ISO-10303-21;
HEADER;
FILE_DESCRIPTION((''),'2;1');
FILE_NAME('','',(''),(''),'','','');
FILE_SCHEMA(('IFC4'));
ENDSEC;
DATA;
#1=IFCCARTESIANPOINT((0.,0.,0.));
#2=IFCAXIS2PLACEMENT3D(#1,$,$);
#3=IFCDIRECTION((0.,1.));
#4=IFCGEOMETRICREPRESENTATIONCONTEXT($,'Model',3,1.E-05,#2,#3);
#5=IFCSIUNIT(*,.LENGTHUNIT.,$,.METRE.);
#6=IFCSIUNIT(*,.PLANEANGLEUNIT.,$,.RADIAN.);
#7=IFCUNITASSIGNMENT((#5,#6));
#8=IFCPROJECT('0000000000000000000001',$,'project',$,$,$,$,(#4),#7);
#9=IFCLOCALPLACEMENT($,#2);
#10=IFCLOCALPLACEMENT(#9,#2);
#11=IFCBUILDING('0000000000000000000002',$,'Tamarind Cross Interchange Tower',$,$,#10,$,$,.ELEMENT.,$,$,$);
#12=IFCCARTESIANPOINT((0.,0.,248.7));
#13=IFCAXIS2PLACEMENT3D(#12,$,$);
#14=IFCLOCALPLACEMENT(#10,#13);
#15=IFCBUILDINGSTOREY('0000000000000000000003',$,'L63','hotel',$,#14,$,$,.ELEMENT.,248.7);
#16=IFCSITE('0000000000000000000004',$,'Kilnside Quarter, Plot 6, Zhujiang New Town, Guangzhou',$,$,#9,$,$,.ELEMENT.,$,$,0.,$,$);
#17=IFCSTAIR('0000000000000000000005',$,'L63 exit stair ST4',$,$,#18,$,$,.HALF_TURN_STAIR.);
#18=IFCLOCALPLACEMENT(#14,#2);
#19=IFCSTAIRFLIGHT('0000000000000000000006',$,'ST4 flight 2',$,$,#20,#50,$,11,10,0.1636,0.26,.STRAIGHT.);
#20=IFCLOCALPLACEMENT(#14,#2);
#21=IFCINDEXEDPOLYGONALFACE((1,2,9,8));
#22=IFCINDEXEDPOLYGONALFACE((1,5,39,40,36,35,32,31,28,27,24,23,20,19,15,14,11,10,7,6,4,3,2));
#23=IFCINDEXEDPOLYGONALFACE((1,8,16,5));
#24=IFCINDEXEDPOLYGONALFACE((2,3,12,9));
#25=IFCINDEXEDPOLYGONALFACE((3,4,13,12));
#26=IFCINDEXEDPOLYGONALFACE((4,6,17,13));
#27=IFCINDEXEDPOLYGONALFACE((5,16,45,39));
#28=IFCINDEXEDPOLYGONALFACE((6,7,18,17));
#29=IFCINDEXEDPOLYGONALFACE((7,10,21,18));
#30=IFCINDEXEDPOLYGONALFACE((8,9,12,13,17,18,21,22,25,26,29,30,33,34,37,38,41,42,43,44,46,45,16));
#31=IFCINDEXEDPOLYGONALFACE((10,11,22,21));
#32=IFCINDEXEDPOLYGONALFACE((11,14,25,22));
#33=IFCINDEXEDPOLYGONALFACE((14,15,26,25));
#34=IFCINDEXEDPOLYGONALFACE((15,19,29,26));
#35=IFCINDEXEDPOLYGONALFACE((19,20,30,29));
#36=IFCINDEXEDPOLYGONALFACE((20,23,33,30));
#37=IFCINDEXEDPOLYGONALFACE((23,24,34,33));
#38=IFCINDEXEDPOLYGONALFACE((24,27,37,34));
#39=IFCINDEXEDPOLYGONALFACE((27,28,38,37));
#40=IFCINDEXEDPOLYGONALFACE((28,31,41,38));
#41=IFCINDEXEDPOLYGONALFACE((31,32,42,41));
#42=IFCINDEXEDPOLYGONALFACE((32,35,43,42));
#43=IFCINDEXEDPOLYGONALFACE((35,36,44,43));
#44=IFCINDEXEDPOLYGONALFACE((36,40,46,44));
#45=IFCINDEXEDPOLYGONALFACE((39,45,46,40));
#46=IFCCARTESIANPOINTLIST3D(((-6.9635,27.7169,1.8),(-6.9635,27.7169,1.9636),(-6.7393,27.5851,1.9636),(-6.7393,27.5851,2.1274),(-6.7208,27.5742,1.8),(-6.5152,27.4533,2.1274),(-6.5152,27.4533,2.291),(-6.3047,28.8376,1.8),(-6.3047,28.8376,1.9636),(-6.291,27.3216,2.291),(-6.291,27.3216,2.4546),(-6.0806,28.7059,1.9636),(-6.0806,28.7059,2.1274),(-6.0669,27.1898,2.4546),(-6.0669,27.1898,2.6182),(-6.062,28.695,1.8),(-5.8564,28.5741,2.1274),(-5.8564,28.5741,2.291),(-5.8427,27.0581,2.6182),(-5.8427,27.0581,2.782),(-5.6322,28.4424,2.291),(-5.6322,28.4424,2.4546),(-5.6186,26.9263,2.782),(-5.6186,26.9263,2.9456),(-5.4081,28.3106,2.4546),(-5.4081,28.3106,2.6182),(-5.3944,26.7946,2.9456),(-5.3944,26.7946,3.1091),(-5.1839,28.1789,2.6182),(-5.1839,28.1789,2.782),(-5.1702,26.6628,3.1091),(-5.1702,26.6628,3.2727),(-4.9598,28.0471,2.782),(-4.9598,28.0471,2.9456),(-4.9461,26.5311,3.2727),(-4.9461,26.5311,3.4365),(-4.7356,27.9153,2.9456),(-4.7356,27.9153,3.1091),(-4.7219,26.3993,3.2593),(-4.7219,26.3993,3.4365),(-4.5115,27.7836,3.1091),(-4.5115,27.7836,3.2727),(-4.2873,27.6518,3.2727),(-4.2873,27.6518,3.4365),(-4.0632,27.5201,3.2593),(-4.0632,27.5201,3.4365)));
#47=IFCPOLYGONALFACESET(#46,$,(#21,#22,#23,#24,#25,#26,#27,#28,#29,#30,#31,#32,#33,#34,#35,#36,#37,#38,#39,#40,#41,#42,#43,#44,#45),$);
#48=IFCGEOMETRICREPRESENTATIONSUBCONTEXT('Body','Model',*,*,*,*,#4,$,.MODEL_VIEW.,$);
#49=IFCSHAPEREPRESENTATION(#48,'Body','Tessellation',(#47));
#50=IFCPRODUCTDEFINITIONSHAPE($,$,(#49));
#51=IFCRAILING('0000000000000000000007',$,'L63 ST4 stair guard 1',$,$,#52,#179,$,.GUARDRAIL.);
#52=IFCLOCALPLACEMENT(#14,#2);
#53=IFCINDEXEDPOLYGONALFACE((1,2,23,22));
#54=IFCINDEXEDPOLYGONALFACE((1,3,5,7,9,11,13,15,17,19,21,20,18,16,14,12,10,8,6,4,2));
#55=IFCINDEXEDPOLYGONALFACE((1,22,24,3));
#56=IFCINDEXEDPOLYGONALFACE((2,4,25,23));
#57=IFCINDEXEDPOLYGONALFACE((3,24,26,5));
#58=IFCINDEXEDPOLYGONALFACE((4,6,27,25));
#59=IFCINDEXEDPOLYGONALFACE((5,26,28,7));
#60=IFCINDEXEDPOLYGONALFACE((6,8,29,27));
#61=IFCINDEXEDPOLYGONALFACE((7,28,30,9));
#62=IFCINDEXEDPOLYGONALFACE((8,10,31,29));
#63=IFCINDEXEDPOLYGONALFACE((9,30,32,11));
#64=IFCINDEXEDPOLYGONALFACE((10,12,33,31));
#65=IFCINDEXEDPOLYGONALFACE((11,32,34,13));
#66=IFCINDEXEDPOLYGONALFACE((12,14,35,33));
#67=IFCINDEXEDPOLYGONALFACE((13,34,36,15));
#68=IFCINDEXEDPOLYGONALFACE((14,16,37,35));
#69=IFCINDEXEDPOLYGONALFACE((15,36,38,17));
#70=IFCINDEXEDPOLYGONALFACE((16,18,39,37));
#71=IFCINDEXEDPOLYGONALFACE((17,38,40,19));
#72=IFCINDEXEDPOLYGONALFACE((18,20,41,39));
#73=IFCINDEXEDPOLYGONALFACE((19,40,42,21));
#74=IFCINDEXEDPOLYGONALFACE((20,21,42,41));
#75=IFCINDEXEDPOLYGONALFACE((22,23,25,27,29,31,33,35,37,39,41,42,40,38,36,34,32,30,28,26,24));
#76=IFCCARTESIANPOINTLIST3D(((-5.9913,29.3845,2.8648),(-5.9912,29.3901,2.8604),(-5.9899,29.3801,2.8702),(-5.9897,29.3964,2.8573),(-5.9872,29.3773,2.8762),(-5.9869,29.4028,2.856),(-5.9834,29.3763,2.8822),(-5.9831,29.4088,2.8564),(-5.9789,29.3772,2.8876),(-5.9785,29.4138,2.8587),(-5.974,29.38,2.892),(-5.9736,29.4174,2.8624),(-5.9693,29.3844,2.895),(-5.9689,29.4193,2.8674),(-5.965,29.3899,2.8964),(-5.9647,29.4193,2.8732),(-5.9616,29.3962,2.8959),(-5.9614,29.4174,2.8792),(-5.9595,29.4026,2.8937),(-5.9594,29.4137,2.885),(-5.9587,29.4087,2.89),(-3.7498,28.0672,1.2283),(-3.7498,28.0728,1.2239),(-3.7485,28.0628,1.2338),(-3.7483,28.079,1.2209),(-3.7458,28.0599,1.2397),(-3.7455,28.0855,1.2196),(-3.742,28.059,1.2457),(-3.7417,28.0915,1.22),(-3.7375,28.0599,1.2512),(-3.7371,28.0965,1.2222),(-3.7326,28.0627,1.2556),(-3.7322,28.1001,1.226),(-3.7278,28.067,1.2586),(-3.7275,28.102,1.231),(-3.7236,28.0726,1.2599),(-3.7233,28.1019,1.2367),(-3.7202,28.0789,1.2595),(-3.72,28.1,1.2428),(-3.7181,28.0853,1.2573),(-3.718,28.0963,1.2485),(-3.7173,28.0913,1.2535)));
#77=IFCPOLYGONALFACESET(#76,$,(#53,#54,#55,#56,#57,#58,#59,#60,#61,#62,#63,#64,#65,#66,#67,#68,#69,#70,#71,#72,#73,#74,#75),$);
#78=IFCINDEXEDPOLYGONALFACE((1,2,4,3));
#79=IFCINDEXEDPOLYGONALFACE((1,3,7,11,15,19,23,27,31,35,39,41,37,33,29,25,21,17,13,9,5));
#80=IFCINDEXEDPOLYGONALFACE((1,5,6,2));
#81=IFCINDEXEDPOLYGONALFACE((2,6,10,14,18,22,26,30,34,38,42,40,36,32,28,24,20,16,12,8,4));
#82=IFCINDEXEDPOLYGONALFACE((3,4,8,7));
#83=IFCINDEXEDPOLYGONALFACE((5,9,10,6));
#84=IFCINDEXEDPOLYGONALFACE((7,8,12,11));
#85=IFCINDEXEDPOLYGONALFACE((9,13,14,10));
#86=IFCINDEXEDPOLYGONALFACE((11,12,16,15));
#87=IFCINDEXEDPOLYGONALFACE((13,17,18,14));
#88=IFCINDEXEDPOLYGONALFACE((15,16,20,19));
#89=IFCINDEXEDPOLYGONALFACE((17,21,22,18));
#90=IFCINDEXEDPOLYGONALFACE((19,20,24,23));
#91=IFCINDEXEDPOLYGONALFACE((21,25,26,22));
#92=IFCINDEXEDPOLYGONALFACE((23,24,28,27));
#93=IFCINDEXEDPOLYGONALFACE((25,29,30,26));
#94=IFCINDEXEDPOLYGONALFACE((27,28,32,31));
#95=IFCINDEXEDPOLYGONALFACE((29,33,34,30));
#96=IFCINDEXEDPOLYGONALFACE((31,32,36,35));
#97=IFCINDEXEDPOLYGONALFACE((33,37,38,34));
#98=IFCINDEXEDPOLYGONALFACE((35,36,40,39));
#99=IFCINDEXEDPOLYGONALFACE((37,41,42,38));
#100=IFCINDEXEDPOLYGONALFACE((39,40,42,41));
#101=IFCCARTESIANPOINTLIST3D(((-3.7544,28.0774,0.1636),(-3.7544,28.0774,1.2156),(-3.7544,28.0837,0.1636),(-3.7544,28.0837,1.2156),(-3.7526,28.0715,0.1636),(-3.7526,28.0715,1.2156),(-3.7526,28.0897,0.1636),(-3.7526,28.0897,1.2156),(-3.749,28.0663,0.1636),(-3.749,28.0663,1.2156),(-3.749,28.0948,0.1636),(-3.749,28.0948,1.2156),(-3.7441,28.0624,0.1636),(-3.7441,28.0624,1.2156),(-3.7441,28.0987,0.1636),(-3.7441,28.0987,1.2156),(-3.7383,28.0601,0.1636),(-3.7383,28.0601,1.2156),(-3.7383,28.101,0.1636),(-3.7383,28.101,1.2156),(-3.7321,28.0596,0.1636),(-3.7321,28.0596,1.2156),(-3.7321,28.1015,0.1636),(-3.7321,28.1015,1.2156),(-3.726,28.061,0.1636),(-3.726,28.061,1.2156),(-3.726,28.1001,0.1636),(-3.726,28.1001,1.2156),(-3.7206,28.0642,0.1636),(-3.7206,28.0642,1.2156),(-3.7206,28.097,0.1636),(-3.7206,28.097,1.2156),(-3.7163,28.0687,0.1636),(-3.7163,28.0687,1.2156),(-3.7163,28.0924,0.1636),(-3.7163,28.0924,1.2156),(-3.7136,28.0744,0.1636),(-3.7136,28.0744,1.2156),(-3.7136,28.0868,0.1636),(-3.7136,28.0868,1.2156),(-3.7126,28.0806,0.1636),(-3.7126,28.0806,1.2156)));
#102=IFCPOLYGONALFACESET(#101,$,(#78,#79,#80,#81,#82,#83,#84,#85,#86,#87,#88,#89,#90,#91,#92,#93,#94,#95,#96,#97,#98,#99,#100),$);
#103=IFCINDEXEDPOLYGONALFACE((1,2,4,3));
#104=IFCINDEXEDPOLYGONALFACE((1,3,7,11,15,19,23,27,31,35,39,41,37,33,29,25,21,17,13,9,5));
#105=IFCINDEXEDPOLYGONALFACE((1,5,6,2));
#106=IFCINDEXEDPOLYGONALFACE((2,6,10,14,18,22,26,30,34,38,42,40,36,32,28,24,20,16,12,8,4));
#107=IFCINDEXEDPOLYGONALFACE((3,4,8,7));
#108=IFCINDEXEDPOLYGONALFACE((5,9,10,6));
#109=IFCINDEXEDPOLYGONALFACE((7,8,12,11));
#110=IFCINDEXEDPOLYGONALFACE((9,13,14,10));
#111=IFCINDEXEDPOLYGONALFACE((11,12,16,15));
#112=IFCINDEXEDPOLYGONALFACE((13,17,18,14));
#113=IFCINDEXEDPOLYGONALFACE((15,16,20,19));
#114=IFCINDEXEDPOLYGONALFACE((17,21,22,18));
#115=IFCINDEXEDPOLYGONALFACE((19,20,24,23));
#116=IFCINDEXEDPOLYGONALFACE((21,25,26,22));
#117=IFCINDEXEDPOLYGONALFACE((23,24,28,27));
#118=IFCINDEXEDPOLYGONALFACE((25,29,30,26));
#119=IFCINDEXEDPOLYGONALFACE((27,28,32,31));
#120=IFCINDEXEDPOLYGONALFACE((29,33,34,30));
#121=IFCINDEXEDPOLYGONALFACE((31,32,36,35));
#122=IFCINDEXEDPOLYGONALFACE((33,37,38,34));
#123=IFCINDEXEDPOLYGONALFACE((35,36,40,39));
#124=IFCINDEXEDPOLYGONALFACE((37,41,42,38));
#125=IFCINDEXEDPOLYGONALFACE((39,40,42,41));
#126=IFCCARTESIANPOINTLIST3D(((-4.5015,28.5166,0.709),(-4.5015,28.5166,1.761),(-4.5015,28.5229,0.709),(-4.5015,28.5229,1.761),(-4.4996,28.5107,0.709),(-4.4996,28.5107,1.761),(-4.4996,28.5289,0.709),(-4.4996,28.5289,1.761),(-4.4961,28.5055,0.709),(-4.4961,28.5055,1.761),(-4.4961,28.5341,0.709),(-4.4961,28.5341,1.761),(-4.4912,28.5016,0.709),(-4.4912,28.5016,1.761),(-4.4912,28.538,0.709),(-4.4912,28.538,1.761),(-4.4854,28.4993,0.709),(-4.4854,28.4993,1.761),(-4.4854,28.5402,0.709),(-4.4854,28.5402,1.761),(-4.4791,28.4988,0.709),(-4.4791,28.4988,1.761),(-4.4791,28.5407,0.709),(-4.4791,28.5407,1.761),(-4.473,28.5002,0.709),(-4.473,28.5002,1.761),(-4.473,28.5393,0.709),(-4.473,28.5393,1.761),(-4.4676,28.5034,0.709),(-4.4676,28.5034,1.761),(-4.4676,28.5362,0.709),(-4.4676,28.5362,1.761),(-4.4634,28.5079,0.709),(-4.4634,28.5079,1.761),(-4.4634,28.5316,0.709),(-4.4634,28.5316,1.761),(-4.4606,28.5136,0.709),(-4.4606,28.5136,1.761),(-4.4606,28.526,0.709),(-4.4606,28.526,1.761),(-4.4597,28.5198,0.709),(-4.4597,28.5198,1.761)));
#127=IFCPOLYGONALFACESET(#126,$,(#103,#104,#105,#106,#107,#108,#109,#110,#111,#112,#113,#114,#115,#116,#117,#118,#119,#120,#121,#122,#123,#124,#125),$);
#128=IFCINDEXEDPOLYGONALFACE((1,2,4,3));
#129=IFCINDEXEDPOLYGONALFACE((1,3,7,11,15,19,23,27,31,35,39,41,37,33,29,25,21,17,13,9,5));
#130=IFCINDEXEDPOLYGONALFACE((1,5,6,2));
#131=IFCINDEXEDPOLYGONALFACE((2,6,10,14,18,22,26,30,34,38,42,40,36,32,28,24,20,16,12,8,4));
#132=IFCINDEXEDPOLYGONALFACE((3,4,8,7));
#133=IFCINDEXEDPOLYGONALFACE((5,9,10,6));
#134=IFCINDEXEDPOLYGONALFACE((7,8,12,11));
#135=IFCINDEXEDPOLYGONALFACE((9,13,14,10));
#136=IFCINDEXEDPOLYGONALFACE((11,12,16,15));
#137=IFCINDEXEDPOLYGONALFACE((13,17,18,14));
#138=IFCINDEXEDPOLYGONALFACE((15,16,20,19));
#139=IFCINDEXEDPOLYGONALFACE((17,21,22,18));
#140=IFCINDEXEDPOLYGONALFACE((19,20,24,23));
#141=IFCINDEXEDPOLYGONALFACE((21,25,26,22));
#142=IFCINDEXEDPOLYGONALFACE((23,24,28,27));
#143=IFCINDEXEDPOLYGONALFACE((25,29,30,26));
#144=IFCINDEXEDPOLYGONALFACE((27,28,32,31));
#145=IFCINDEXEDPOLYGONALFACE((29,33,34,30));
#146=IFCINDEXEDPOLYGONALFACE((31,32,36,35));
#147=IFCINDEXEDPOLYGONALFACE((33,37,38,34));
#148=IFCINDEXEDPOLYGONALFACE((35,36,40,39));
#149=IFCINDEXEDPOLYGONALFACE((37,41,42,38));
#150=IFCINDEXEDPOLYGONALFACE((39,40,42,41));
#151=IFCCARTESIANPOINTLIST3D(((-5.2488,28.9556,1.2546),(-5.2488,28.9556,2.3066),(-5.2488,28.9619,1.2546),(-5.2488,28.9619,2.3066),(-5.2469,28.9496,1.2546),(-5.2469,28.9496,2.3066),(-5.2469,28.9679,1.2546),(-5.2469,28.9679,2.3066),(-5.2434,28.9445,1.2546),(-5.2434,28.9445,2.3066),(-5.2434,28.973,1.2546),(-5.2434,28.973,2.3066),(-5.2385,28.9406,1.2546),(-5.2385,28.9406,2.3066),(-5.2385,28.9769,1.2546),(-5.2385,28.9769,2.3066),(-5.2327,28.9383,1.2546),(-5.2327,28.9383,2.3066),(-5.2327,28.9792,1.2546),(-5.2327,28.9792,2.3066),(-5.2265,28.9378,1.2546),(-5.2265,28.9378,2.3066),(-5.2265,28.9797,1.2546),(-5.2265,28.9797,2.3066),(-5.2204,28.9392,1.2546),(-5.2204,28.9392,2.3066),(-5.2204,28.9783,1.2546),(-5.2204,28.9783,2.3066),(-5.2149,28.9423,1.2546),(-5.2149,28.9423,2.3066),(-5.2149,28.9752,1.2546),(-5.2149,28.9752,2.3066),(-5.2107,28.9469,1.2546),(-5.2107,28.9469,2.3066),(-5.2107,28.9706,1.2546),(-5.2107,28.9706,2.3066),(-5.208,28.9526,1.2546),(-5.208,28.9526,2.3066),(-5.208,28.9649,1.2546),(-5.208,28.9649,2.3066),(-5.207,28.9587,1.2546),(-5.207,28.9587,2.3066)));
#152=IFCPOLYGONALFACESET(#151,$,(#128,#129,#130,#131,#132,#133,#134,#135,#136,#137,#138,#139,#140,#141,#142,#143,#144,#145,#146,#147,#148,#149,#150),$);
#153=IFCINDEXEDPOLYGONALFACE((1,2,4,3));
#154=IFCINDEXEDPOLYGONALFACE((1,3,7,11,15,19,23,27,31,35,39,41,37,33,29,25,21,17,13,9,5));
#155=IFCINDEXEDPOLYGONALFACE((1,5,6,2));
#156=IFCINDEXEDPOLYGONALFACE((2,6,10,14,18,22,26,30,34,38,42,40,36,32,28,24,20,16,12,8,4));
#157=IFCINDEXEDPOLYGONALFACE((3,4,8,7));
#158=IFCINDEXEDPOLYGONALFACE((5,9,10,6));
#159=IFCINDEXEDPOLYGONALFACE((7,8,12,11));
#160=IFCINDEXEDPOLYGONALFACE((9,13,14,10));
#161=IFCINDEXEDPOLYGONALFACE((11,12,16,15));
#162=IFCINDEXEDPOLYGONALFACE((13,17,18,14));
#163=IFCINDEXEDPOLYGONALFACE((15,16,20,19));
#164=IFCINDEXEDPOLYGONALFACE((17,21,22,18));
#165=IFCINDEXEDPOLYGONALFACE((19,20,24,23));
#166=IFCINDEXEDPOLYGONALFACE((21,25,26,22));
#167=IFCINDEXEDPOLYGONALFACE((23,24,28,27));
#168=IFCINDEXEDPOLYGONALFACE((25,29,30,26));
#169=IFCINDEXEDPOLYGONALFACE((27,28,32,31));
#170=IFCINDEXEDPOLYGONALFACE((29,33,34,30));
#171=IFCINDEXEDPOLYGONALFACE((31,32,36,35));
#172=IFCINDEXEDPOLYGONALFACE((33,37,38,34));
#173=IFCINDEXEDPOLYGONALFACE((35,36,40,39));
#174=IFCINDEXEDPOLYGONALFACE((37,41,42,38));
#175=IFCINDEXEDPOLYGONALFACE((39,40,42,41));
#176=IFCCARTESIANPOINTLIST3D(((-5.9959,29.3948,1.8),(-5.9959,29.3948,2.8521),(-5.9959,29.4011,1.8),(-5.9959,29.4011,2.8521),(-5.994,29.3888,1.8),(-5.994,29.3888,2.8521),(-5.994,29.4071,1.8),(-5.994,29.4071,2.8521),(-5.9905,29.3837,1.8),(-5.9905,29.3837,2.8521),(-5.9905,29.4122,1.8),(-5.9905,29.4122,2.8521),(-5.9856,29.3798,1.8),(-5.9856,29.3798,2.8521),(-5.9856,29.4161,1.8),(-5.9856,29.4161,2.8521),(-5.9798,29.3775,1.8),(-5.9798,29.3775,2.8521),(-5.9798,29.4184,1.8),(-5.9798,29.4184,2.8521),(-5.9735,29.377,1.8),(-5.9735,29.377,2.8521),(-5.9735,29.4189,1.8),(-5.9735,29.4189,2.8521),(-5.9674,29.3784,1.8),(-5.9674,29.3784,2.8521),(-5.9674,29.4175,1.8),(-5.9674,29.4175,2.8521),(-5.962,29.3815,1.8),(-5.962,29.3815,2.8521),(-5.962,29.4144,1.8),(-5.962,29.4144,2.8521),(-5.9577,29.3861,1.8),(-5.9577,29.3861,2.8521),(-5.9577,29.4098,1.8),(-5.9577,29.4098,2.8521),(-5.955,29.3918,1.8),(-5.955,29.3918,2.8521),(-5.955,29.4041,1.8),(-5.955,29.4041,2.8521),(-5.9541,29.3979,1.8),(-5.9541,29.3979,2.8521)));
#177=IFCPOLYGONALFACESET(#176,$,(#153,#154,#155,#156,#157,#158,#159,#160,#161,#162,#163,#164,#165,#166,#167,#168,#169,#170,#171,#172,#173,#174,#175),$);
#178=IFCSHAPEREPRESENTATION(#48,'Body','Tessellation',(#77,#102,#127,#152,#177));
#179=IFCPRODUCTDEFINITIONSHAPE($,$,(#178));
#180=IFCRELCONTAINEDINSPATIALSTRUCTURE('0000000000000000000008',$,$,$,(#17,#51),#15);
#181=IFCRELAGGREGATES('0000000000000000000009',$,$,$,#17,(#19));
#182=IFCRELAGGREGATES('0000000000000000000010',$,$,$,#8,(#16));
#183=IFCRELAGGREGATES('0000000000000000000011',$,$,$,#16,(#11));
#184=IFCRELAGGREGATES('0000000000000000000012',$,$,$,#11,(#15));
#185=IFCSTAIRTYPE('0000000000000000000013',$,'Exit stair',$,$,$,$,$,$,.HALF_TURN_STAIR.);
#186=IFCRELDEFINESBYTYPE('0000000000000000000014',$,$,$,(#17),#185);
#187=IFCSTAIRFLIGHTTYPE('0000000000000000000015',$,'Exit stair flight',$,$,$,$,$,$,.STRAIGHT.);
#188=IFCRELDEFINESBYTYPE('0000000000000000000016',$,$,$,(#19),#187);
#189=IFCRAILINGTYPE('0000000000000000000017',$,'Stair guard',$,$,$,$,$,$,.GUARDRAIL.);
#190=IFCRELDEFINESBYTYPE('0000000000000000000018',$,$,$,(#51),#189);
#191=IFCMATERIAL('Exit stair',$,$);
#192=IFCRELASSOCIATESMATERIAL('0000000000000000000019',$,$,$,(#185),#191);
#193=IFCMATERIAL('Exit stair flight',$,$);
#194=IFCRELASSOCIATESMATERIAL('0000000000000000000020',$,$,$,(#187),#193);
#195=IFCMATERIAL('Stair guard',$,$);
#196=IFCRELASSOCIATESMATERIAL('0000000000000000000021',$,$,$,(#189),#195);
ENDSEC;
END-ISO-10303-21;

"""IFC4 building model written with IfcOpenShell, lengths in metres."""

from ifc_helpers import new_model, si_unit, direction, frame, origin, origin_2d, place, context, subcontext, project, spatial, polyline, circle, outline, extrude, material, type_object, element, aggregate, save


model = new_model("IFC4")

# Units and contexts
model_context = context("Model", 3, precision=1e-05, world=origin(), true_north=direction((0.0, 1.0)))
body_context = subcontext(model_context, "Body", "Model", "MODEL_VIEW")
ifc_project = project(units=[si_unit("LENGTHUNIT", "METRE"), si_unit("PLANEANGLEUNIT", "RADIAN")], contexts=[model_context])

# Site, building, storey
site_placement = place(None, origin())
site = spatial("IfcSite", under=ifc_project, at=site_placement, Name="Kilnside Quarter, Plot 6, Zhujiang New Town, Guangzhou", CompositionType="ELEMENT", RefElevation=0.0)
building_placement = place(site_placement, origin())
building = spatial("IfcBuilding", under=site, at=building_placement, Name="Tamarind Cross Interchange Tower", CompositionType="ELEMENT")
storey_placement = place(building_placement, frame((0.0, 0.0, 248.7)))
storey = spatial("IfcBuildingStorey", under=building, at=storey_placement, Name="L63", Description="hotel", CompositionType="ELEMENT", Elevation=248.7)

# Stair, stair flight
ifc_material_1 = material(Name="Exit stair")
stair_type = type_object("IfcStairType", Name="Exit stair", PredefinedType="HALF_TURN_STAIR", material=ifc_material_1)
stair_placement = place(storey_placement, origin())
stair = element("IfcStair", 1, at=stair_placement, inside=storey, type_object=stair_type, Name="L63 exit stair ST4", PredefinedType="HALF_TURN_STAIR")
ifc_material_2 = material(Name="Exit stair flight")
stair_flight_type = type_object("IfcStairFlightType", Name="Exit stair flight", PredefinedType="STRAIGHT", material=ifc_material_2)
stair_flight_1_placement = place(storey_placement, frame((-6.634, 28.2773, 1.8), z_axis=(0.0, 0.0, 1.0), x_axis=(0.862104, -0.506732, 0.0)))
stair_flight_1 = element("IfcStairFlight", 2, at=stair_flight_1_placement, type_object=stair_flight_type, Name="ST4 flight 2", NumberOfRisers=11, NumberOfTreads=10, PredefinedType="STRAIGHT", RiserHeight=0.1636, TreadLength=0.26, context=body_context, shape_type="SweptSolid", body=[
    extrude(outline(polyline([(0.0, 0.0), (0.0, 0.1636), (0.26, 0.1636), (0.26, 0.3274), (0.52, 0.3274), (0.52, 0.491), (0.78, 0.491), (0.78, 0.6545), (1.04, 0.6545), (1.04, 0.8181), (1.3, 0.8181), (1.3, 0.9819), (1.5601, 0.9819), (1.5601, 1.1455), (1.8201, 1.1455), (1.8201, 1.3091), (2.0801, 1.3091), (2.0801, 1.4727), (2.3401, 1.4727), (2.3401, 1.6365), (2.6001, 1.6365), (2.6001, 1.8), (2.6001, 1.4592), (0.2815, 0.0), (0.0, 0.0)])), frame((0.0, 0.6499, 0.0), z_axis=(0.0, -1.0, 0.0), x_axis=(1.0, 0.0, 0.0)), (0.0, 0.0, 1.0), 1.3),
])
aggregate(stair, [stair_flight_1])

# Railing
ifc_material_3 = material(Name="Stair guard")
railing_type_1 = type_object("IfcRailingType", Name="Stair guard", PredefinedType="GUARDRAIL", material=ifc_material_3)
railing_1_placement = place(storey_placement, frame((-3.7336, 28.0806, 0.1636)))
element("IfcRailing", 3, at=railing_1_placement, inside=storey, type_object=railing_type_1, Name="L63 ST4 stair guard 1", PredefinedType="GUARDRAIL", context=body_context, shape_type="SweptSolid", body=[
    extrude(circle(Radius=0.0239, at=origin_2d()), frame((0.0, 0.0, 1.0762), z_axis=(-0.729622, 0.428825, 0.532693), x_axis=(-0.5067, -0.862122, 0.0)), (0.0, 0.0, 1.0), 3.072),
    extrude(circle(Radius=0.021, at=origin_2d()), origin(), (0.0, 0.0, 1.0), 1.052),
    extrude(circle(Radius=0.021, at=origin_2d()), frame((-0.7471, 0.4392, 0.5454)), (0.0, 0.0, 1.0), 1.052),
    extrude(circle(Radius=0.021, at=origin_2d()), frame((-1.4944, 0.8782, 1.0911)), (0.0, 0.0, 1.0), 1.052),
    extrude(circle(Radius=0.021, at=origin_2d()), frame((-2.2415, 1.3174, 1.6365)), (0.0, 0.0, 1.0), 1.052),
])

save(model, "model.ifc")
